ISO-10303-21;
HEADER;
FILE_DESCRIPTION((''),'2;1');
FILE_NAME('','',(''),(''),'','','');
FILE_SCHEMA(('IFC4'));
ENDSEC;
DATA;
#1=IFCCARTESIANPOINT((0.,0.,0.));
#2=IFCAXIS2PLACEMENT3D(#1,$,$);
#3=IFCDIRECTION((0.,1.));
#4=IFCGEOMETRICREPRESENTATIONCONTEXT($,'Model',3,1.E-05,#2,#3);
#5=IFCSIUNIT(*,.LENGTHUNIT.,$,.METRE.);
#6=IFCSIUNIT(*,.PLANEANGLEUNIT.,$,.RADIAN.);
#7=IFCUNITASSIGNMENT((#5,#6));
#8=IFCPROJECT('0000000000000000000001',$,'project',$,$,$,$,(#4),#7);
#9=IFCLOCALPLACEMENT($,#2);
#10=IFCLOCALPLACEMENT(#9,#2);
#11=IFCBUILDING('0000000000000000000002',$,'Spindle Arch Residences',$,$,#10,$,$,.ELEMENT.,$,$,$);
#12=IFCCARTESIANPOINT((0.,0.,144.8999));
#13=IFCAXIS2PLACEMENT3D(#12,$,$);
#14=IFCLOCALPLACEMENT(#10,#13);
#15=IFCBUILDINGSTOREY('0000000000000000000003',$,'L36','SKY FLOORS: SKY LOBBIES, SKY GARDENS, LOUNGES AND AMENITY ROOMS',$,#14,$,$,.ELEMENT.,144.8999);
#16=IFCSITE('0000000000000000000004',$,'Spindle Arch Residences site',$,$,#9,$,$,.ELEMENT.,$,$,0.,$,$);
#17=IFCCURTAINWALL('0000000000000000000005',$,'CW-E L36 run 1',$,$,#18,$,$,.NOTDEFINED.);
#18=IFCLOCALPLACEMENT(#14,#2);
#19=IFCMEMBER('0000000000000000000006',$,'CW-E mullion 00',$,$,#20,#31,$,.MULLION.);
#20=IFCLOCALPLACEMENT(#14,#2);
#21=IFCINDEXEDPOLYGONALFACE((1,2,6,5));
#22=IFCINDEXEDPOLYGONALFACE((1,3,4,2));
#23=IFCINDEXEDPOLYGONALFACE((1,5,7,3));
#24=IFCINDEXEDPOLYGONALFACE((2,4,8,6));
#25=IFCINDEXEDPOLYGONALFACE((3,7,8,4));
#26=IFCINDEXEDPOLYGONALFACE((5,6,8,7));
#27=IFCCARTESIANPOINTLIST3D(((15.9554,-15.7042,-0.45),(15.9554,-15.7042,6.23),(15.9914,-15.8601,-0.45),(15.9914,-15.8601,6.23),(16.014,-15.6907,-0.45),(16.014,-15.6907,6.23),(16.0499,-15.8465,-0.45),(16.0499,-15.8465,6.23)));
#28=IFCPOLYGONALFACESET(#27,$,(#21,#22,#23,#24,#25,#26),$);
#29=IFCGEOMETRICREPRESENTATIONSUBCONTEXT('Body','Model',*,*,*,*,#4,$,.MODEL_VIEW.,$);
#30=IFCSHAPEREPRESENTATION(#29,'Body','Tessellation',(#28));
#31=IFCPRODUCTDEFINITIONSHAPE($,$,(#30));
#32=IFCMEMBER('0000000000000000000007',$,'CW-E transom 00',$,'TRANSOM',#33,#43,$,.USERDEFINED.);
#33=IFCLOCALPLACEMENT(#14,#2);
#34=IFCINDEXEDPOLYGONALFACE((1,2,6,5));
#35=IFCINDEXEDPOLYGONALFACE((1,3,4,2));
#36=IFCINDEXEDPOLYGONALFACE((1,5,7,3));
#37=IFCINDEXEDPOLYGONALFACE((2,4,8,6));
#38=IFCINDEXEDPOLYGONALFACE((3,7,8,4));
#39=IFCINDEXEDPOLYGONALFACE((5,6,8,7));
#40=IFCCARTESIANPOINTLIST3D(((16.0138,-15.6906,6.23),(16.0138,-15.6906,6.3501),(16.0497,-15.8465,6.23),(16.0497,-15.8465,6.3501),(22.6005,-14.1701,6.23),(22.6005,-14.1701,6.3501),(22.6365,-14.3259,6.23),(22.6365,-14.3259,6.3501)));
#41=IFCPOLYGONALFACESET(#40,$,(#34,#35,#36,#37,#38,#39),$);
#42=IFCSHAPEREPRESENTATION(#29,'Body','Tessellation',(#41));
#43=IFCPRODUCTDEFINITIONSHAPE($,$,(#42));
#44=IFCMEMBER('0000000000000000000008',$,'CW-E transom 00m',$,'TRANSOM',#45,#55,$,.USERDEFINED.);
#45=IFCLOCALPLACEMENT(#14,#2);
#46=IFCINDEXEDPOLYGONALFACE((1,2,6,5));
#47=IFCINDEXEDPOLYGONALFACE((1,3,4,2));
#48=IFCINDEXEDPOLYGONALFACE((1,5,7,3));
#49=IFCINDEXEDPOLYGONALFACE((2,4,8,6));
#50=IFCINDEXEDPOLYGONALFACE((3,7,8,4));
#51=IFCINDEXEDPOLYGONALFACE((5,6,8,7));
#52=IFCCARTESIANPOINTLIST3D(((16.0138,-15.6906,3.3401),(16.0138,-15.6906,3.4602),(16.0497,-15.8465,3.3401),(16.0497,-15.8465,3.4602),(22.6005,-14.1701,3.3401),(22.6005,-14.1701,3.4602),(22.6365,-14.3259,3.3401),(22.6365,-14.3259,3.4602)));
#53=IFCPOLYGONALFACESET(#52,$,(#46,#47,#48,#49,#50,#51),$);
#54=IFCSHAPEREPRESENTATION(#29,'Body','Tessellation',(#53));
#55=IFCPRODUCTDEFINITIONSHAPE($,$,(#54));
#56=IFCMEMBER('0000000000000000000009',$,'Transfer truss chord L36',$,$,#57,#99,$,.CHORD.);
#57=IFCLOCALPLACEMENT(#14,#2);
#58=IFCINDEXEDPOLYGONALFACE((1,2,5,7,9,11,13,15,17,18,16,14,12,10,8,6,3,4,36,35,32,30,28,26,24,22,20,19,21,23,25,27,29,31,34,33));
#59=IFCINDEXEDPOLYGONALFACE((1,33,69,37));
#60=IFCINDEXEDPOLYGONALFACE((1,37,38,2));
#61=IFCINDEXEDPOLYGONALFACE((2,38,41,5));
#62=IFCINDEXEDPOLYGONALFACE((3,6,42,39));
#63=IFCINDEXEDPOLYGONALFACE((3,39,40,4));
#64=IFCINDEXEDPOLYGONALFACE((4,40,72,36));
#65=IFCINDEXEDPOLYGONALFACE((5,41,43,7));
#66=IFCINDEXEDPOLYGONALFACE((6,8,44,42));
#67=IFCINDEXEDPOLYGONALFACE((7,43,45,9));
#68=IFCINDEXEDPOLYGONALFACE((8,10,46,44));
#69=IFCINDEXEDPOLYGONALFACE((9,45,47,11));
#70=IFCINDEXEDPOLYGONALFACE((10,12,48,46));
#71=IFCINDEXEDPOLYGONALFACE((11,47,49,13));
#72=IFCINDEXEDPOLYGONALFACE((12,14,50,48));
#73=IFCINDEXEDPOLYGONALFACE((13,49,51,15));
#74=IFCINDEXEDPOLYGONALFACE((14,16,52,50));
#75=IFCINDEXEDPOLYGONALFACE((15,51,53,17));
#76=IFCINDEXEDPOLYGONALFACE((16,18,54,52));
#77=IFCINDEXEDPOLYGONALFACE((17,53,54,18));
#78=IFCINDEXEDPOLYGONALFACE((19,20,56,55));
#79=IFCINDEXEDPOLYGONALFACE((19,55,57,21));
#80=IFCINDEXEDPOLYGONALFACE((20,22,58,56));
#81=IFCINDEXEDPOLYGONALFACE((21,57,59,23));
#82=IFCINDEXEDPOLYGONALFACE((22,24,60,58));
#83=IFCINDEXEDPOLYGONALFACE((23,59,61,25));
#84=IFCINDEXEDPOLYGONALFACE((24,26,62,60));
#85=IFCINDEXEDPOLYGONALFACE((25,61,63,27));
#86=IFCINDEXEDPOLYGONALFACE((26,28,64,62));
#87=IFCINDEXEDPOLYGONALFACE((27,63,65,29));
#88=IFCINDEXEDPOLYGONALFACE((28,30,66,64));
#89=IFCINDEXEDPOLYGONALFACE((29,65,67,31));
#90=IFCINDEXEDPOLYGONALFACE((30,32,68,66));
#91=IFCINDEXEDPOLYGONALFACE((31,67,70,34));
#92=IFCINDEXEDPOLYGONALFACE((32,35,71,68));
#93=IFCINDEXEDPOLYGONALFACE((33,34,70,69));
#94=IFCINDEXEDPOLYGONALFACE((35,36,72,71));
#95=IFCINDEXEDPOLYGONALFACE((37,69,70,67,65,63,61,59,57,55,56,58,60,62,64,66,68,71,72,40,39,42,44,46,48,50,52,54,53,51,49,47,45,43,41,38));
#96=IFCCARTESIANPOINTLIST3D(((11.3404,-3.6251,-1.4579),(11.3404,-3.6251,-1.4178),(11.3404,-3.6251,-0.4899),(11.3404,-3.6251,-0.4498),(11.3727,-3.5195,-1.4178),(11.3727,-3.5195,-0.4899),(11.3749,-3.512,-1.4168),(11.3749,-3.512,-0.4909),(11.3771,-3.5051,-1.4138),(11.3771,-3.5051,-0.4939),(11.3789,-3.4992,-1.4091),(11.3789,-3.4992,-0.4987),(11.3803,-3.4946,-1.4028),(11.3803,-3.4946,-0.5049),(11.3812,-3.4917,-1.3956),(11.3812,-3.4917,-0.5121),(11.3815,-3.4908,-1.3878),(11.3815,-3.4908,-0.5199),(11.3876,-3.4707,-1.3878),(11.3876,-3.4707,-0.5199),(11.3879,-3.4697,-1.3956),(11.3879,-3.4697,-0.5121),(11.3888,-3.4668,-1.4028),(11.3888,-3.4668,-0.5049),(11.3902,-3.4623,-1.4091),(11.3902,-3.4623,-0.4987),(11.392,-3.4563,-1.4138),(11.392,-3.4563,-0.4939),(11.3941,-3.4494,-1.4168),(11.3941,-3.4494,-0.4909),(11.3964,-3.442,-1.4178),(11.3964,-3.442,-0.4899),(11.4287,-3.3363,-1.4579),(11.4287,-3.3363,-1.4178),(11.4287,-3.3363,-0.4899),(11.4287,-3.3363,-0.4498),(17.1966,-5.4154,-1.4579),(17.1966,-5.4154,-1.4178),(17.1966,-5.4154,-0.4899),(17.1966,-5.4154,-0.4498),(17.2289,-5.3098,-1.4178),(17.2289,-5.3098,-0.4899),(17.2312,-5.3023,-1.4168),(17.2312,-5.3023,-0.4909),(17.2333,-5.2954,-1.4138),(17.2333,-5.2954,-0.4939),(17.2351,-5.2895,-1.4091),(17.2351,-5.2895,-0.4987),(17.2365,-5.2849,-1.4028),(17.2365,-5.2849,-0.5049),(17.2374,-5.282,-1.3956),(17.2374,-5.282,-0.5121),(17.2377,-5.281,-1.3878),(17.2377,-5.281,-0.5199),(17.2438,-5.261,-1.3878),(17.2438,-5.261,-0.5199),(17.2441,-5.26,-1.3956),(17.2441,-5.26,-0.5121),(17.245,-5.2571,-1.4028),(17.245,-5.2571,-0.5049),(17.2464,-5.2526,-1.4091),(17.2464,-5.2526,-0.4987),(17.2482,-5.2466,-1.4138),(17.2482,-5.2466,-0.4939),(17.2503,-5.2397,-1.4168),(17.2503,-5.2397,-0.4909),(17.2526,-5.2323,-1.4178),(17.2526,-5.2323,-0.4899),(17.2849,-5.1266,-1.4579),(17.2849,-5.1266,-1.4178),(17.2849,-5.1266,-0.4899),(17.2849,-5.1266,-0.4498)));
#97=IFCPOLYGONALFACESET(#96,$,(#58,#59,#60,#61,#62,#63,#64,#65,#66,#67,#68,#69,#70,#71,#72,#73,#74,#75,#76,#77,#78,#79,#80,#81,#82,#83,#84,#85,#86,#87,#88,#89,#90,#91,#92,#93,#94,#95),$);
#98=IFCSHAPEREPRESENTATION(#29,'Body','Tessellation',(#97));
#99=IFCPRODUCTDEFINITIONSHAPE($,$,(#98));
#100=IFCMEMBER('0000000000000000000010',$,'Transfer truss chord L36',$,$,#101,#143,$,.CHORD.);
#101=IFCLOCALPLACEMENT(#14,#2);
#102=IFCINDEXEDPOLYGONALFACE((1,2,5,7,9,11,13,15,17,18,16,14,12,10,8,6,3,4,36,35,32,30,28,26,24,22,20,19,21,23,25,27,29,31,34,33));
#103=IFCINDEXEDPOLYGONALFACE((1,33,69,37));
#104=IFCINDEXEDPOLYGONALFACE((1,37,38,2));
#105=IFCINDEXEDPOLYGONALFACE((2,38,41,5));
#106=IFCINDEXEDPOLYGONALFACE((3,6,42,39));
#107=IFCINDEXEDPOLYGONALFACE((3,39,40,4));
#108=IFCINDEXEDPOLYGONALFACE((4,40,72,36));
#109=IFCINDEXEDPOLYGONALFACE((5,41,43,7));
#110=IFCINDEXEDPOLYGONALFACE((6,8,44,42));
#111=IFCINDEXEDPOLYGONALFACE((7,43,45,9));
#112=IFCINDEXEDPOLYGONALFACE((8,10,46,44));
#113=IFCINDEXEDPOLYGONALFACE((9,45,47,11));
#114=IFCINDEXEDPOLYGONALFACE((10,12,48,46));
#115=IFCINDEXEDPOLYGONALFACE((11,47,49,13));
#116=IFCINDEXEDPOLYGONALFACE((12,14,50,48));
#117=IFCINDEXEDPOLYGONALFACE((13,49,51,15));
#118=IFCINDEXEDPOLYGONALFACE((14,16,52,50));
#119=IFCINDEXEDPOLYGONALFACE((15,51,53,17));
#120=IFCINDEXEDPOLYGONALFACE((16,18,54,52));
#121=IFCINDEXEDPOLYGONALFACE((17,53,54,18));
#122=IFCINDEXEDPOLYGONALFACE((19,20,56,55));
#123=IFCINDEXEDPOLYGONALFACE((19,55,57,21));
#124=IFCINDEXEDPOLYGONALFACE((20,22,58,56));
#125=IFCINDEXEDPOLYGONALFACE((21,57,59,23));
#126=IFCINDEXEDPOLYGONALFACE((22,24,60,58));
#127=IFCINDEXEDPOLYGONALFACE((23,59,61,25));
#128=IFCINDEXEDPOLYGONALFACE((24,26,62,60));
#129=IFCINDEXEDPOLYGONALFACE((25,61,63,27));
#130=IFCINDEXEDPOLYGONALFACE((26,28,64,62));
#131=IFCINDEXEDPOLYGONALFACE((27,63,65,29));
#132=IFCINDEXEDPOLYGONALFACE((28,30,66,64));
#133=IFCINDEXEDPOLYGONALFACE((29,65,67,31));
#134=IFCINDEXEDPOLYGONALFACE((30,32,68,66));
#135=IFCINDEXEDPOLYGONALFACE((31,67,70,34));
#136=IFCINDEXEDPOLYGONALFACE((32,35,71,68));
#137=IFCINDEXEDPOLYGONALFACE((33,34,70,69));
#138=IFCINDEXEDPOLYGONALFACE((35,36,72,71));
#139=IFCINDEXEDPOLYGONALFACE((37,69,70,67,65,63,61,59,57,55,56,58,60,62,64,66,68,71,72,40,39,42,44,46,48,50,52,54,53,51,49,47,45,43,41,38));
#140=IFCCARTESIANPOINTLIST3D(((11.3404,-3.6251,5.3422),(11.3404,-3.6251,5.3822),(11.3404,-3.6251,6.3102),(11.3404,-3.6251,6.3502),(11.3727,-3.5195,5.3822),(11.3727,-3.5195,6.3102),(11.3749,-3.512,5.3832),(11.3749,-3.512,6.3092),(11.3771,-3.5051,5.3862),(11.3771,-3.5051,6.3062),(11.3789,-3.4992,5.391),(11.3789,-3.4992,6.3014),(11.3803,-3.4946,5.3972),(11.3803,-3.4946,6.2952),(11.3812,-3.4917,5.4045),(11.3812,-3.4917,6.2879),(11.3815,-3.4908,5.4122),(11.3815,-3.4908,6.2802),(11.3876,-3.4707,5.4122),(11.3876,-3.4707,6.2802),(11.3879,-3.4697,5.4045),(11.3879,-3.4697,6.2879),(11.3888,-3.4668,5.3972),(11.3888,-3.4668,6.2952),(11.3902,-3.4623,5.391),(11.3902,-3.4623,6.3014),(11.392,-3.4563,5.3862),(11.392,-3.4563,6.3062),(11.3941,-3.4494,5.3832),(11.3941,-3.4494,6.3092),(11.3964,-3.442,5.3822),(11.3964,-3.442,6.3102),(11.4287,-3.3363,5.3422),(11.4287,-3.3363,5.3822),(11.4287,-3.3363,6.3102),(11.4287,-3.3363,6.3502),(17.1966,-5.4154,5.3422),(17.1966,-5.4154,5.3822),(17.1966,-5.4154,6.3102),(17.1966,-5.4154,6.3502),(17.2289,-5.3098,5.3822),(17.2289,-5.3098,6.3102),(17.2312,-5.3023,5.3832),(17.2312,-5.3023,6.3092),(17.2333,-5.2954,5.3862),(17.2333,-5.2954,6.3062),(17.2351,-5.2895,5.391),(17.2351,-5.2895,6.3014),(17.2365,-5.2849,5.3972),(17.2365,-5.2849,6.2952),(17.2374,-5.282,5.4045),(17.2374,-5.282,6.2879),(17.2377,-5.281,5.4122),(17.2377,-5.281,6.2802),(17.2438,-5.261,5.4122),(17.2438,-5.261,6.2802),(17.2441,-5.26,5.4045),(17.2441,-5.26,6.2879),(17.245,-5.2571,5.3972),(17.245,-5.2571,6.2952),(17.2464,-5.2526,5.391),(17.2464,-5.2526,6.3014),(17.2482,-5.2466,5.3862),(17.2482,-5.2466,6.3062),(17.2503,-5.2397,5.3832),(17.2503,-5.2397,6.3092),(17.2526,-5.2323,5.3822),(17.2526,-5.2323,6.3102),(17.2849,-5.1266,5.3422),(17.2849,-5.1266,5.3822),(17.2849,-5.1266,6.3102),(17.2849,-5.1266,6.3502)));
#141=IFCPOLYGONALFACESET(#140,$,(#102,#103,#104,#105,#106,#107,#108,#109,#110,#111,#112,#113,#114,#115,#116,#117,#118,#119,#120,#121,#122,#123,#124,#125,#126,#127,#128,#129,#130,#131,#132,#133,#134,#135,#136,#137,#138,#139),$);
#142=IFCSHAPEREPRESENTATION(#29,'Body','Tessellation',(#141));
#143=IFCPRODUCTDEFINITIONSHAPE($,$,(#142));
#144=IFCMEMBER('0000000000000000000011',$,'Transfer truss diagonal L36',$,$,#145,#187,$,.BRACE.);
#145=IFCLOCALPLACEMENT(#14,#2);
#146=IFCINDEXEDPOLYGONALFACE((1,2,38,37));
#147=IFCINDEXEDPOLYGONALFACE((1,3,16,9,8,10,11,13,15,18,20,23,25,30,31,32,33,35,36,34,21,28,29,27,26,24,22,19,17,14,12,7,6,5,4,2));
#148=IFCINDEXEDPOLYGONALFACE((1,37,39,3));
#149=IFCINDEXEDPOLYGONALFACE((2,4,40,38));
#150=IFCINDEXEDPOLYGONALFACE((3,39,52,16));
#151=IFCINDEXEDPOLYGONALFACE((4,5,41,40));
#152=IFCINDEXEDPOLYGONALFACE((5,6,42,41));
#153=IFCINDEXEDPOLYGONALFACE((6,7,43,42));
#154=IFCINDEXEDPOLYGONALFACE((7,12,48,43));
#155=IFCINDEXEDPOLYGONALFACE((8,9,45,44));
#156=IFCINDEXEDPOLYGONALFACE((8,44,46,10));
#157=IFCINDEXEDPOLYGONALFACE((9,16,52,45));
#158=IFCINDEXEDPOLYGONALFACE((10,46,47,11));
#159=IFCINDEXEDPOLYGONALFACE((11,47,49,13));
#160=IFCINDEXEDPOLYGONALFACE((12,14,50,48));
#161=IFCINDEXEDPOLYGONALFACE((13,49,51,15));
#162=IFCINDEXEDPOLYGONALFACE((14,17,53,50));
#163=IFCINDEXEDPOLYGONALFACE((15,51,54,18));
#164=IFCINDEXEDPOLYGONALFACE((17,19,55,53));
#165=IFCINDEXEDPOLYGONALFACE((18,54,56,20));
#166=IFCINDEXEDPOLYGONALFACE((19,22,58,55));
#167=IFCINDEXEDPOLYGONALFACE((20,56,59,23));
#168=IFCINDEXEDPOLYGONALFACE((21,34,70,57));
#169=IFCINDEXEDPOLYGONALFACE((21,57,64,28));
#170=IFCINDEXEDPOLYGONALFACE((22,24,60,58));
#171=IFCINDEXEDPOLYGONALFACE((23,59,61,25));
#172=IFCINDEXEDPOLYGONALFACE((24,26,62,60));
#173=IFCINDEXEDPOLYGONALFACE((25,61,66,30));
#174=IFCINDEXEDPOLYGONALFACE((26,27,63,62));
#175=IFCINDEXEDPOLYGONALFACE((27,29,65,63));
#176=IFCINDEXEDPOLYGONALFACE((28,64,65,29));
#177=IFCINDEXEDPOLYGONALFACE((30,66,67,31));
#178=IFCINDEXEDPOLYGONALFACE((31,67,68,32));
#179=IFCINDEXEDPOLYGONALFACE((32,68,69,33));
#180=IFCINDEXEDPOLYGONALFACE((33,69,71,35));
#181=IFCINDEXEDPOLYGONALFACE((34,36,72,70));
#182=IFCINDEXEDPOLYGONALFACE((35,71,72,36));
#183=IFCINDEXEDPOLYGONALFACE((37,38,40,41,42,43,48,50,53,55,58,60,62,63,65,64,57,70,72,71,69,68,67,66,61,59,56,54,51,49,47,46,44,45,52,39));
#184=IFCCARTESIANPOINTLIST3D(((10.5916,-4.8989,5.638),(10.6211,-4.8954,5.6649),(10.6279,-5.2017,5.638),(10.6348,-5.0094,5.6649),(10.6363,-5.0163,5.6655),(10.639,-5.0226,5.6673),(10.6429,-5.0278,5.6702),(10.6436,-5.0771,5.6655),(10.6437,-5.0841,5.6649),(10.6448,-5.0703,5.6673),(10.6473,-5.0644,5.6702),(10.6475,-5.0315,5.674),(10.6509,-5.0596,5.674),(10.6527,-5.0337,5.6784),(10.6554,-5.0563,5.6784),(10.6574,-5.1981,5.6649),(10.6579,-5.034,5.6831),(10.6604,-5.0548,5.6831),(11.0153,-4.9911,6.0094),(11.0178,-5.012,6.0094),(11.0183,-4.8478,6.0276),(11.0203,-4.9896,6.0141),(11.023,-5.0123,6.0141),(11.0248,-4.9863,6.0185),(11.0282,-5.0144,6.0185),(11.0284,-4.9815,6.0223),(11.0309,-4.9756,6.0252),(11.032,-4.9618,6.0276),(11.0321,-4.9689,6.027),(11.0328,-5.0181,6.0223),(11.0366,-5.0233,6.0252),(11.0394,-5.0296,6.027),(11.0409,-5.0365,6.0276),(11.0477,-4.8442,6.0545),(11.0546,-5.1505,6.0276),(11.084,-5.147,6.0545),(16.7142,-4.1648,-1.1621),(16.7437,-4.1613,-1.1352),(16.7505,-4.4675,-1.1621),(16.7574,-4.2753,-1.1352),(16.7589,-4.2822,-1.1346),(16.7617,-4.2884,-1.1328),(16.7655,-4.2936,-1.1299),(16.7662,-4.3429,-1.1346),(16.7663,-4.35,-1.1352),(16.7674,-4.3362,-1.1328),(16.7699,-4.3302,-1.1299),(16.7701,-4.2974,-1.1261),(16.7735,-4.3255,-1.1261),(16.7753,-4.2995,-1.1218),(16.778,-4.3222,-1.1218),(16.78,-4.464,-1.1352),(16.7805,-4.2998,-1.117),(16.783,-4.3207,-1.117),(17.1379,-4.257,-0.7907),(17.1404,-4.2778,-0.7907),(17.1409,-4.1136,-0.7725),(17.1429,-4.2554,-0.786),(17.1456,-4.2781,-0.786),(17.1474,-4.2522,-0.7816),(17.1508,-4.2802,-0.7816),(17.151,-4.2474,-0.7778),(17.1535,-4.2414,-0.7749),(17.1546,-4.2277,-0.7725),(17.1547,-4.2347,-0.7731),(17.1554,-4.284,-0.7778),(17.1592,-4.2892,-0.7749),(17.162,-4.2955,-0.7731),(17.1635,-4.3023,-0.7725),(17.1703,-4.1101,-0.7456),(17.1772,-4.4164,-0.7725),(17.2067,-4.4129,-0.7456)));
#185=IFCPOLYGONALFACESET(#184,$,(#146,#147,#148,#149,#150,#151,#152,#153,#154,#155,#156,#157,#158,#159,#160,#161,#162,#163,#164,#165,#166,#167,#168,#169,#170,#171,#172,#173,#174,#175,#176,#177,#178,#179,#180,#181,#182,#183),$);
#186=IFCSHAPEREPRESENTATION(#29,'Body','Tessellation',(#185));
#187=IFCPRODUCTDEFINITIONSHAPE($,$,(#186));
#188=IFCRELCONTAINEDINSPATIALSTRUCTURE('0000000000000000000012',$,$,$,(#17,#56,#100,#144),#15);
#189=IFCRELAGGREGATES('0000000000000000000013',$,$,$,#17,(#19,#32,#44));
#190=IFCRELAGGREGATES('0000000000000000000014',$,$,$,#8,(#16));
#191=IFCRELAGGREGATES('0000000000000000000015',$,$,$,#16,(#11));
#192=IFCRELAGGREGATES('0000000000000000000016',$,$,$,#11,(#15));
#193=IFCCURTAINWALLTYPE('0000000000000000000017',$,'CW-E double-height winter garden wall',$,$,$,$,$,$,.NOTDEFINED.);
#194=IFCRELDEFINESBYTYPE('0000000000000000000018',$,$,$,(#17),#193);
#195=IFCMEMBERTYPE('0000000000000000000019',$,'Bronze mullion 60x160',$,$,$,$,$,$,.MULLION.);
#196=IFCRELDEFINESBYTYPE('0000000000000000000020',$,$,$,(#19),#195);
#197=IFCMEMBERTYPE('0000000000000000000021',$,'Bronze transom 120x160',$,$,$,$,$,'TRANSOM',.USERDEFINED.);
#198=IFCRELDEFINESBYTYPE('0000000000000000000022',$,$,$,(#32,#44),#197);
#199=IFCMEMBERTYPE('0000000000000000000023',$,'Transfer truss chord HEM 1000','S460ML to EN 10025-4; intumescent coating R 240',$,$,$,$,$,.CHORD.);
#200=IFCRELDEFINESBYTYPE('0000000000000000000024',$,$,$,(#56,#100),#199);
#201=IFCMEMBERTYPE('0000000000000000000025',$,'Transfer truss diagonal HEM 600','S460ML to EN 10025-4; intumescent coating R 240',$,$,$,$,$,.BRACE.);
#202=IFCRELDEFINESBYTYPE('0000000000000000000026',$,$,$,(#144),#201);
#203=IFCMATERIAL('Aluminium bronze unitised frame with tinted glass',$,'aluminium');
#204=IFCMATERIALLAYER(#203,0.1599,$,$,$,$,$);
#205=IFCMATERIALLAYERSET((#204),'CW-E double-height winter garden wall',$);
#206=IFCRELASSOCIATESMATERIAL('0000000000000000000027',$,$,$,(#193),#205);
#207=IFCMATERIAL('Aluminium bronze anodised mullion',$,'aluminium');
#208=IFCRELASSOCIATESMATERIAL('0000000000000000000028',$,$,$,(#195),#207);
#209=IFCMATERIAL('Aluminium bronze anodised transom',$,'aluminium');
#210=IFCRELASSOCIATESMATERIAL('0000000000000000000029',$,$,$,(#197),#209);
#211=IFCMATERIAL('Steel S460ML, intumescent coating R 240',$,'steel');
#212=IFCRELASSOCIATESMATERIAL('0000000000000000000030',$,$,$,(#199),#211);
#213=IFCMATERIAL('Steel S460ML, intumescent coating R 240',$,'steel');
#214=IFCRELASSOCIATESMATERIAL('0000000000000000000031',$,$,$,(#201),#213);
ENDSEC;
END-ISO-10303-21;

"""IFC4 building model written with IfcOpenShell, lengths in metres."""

from ifc_helpers import new_model, si_unit, direction, frame, origin, origin_2d, place, context, subcontext, project, spatial, rectangle, i_section, extrude, material, layer, layer_set, material_profile, profile_set, type_object, element, aggregate, save


model = new_model("IFC4")

# Units and contexts
model_context = context("Model", 3, precision=1e-05, world=origin(), true_north=direction((0.0, 1.0)))
body_context = subcontext(model_context, "Body", "Model", "MODEL_VIEW")
ifc_project = project(units=[si_unit("LENGTHUNIT", "METRE"), si_unit("PLANEANGLEUNIT", "RADIAN")], contexts=[model_context])

# Site, building, storey
site_placement = place(None, origin())
site = spatial("IfcSite", under=ifc_project, at=site_placement, Name="Spindle Arch Residences site", CompositionType="ELEMENT", RefElevation=0.0)
building_placement = place(site_placement, origin())
building = spatial("IfcBuilding", under=site, at=building_placement, Name="Spindle Arch Residences", CompositionType="ELEMENT")
storey_placement = place(building_placement, frame((0.0, 0.0, 144.8999)))
storey = spatial("IfcBuildingStorey", under=building, at=storey_placement, Name="L36", Description="SKY FLOORS: SKY LOBBIES, SKY GARDENS, LOUNGES AND AMENITY ROOMS", CompositionType="ELEMENT", Elevation=144.8999)

# Curtain wall, members
ifc_material_1 = material(Name="Aluminium bronze unitised frame with tinted glass", Category="aluminium")
ifc_layer_1 = layer(ifc_material_1, 0.1599)
ifc_layer_set_1 = layer_set([ifc_layer_1], Name="CW-E double-height winter garden wall")
curtain_wall_type = type_object("IfcCurtainWallType", Name="CW-E double-height winter garden wall", PredefinedType="NOTDEFINED", material=ifc_layer_set_1)
curtain_wall_1_placement = place(storey_placement, origin())
curtain_wall_1 = element("IfcCurtainWall", 1, at=curtain_wall_1_placement, inside=storey, type_object=curtain_wall_type, Name="CW-E L36 run 1", PredefinedType="NOTDEFINED")
ifc_material_2 = material(Name="Aluminium bronze anodised mullion", Category="aluminium")
ifc_material_profile_1 = material_profile(ifc_material_2, rectangle(XDim=0.1599, YDim=0.0601, at=origin_2d()), Name="MU 60x160")
ifc_profile_set_1 = profile_set([ifc_material_profile_1], Name="Aluminium bronze anodised mullion")
member_type_1 = type_object("IfcMemberType", Name="Bronze mullion 60x160", PredefinedType="MULLION", material=ifc_profile_set_1)
member_1_placement = place(storey_placement, frame((16.0027, -15.7754, -0.45), z_axis=(0.0, 0.0, 1.0), x_axis=(-0.224951, 0.97437, 0.0)))
member_1 = element("IfcMember", 2, at=member_1_placement, type_object=member_type_1, Name="CW-E mullion 00", PredefinedType="MULLION", context=body_context, shape_type="SweptSolid", body=[
    extrude(rectangle(XDim=0.1599, YDim=0.0601, at=origin_2d()), origin(), (0.0, 0.0, 1.0), 6.6799),
])
ifc_material_3 = material(Name="Aluminium bronze anodised transom", Category="aluminium")
ifc_material_profile_2 = material_profile(ifc_material_3, rectangle(XDim=0.1599, YDim=0.1201, at=origin_2d()), Name="TR 120x160")
ifc_profile_set_2 = profile_set([ifc_material_profile_2], Name="Aluminium bronze anodised transom")
member_type_2 = type_object("IfcMemberType", Name="Bronze transom 120x160", ElementType="TRANSOM", PredefinedType="USERDEFINED", material=ifc_profile_set_2)
member_2_placement = place(storey_placement, frame((16.0317, -15.7686, 6.29), z_axis=(0.974375, 0.224931, 0.0), x_axis=(-0.224931, 0.974375, 0.0)))
member_2 = element("IfcMember", 3, at=member_2_placement, type_object=member_type_2, Name="CW-E transom 00", ObjectType="TRANSOM", PredefinedType="USERDEFINED", context=body_context, shape_type="SweptSolid", body=[
    extrude(rectangle(XDim=0.1599, YDim=0.1201, at=origin_2d()), origin(), (0.0, 0.0, 1.0), 6.76),
])
member_3_placement = place(storey_placement, frame((16.0317, -15.7686, 3.4001), z_axis=(0.974375, 0.224931, 0.0), x_axis=(-0.224931, 0.974375, 0.0)))
member_3 = element("IfcMember", 4, at=member_3_placement, type_object=member_type_2, Name="CW-E transom 00m", ObjectType="TRANSOM", PredefinedType="USERDEFINED", context=body_context, shape_type="SweptSolid", body=[
    extrude(rectangle(XDim=0.1599, YDim=0.1201, at=origin_2d()), origin(), (0.0, 0.0, 1.0), 6.76),
])

# Members
ifc_material_4 = material(Name="Steel S460ML, intumescent coating R 240", Category="steel")
ifc_material_profile_3 = material_profile(ifc_material_4, i_section(OverallWidth=0.302, OverallDepth=1.0081, WebThickness=0.021, FlangeThickness=0.04, FilletRadius=0.03, at=origin_2d()), Name="HEM 1000")
ifc_profile_set_3 = profile_set([ifc_material_profile_3], Name="Steel S460ML, intumescent coating R 240")
member_type_3 = type_object("IfcMemberType", Name="Transfer truss chord HEM 1000", Description="S460ML to EN 10025-4; intumescent coating R 240", PredefinedType="CHORD", material=ifc_profile_set_3)
for number, where, z_axis, x_axis, name in (
    (5, (11.3845, -3.4807, -0.9539), (0.956311, -0.292351, 0.0), (0.292351, 0.956311, 0.0), "Transfer truss chord L36"),
    (6, (11.3845, -3.4807, 5.8462), (0.956311, -0.292351, 0.0), (0.292351, 0.956311, 0.0), "Transfer truss chord L36"),
):
    element("IfcMember", number, at=place(storey_placement, frame(where, z_axis=z_axis, x_axis=x_axis)), inside=storey, type_object=member_type_3, Name=name, PredefinedType="CHORD", context=body_context, shape_type="SweptSolid", body=[
        extrude(i_section(OverallWidth=0.302, OverallDepth=1.0081, WebThickness=0.021, FlangeThickness=0.04, FilletRadius=0.03, at=origin_2d()), origin(), (0.0, 0.0, 1.0), 6.1238),
    ])
ifc_material_5 = material(Name="Steel S460ML, intumescent coating R 240", Category="steel")
ifc_material_profile_4 = material_profile(ifc_material_5, i_section(OverallWidth=0.3049, OverallDepth=0.6201, WebThickness=0.021, FlangeThickness=0.04, FilletRadius=0.0271, at=origin_2d()), Name="HEM 600")
ifc_profile_set_4 = profile_set([ifc_material_profile_4], Name="Steel S460ML, intumescent coating R 240")
member_type_4 = type_object("IfcMemberType", Name="Transfer truss diagonal HEM 600", Description="S460ML to EN 10025-4; intumescent coating R 240", PredefinedType="BRACE", material=ifc_profile_set_4)
member_4_placement = place(storey_placement, frame((16.9604, -4.2888, -0.9539), z_axis=(-0.666973, -0.079974, 0.740777), x_axis=(0.119053, -0.992888, 0.0)))
element("IfcMember", 7, at=member_4_placement, inside=storey, type_object=member_type_4, Name="Transfer truss diagonal L36", PredefinedType="BRACE", context=body_context, shape_type="SweptSolid", body=[
    extrude(i_section(OverallWidth=0.3049, OverallDepth=0.6201, WebThickness=0.021, FlangeThickness=0.04, FilletRadius=0.0271, at=origin_2d()), origin(), (0.0, 0.0, 1.0), 9.1797),
])

aggregate(curtain_wall_1, [member_1, member_2, member_3])

save(model, "model.ifc")
